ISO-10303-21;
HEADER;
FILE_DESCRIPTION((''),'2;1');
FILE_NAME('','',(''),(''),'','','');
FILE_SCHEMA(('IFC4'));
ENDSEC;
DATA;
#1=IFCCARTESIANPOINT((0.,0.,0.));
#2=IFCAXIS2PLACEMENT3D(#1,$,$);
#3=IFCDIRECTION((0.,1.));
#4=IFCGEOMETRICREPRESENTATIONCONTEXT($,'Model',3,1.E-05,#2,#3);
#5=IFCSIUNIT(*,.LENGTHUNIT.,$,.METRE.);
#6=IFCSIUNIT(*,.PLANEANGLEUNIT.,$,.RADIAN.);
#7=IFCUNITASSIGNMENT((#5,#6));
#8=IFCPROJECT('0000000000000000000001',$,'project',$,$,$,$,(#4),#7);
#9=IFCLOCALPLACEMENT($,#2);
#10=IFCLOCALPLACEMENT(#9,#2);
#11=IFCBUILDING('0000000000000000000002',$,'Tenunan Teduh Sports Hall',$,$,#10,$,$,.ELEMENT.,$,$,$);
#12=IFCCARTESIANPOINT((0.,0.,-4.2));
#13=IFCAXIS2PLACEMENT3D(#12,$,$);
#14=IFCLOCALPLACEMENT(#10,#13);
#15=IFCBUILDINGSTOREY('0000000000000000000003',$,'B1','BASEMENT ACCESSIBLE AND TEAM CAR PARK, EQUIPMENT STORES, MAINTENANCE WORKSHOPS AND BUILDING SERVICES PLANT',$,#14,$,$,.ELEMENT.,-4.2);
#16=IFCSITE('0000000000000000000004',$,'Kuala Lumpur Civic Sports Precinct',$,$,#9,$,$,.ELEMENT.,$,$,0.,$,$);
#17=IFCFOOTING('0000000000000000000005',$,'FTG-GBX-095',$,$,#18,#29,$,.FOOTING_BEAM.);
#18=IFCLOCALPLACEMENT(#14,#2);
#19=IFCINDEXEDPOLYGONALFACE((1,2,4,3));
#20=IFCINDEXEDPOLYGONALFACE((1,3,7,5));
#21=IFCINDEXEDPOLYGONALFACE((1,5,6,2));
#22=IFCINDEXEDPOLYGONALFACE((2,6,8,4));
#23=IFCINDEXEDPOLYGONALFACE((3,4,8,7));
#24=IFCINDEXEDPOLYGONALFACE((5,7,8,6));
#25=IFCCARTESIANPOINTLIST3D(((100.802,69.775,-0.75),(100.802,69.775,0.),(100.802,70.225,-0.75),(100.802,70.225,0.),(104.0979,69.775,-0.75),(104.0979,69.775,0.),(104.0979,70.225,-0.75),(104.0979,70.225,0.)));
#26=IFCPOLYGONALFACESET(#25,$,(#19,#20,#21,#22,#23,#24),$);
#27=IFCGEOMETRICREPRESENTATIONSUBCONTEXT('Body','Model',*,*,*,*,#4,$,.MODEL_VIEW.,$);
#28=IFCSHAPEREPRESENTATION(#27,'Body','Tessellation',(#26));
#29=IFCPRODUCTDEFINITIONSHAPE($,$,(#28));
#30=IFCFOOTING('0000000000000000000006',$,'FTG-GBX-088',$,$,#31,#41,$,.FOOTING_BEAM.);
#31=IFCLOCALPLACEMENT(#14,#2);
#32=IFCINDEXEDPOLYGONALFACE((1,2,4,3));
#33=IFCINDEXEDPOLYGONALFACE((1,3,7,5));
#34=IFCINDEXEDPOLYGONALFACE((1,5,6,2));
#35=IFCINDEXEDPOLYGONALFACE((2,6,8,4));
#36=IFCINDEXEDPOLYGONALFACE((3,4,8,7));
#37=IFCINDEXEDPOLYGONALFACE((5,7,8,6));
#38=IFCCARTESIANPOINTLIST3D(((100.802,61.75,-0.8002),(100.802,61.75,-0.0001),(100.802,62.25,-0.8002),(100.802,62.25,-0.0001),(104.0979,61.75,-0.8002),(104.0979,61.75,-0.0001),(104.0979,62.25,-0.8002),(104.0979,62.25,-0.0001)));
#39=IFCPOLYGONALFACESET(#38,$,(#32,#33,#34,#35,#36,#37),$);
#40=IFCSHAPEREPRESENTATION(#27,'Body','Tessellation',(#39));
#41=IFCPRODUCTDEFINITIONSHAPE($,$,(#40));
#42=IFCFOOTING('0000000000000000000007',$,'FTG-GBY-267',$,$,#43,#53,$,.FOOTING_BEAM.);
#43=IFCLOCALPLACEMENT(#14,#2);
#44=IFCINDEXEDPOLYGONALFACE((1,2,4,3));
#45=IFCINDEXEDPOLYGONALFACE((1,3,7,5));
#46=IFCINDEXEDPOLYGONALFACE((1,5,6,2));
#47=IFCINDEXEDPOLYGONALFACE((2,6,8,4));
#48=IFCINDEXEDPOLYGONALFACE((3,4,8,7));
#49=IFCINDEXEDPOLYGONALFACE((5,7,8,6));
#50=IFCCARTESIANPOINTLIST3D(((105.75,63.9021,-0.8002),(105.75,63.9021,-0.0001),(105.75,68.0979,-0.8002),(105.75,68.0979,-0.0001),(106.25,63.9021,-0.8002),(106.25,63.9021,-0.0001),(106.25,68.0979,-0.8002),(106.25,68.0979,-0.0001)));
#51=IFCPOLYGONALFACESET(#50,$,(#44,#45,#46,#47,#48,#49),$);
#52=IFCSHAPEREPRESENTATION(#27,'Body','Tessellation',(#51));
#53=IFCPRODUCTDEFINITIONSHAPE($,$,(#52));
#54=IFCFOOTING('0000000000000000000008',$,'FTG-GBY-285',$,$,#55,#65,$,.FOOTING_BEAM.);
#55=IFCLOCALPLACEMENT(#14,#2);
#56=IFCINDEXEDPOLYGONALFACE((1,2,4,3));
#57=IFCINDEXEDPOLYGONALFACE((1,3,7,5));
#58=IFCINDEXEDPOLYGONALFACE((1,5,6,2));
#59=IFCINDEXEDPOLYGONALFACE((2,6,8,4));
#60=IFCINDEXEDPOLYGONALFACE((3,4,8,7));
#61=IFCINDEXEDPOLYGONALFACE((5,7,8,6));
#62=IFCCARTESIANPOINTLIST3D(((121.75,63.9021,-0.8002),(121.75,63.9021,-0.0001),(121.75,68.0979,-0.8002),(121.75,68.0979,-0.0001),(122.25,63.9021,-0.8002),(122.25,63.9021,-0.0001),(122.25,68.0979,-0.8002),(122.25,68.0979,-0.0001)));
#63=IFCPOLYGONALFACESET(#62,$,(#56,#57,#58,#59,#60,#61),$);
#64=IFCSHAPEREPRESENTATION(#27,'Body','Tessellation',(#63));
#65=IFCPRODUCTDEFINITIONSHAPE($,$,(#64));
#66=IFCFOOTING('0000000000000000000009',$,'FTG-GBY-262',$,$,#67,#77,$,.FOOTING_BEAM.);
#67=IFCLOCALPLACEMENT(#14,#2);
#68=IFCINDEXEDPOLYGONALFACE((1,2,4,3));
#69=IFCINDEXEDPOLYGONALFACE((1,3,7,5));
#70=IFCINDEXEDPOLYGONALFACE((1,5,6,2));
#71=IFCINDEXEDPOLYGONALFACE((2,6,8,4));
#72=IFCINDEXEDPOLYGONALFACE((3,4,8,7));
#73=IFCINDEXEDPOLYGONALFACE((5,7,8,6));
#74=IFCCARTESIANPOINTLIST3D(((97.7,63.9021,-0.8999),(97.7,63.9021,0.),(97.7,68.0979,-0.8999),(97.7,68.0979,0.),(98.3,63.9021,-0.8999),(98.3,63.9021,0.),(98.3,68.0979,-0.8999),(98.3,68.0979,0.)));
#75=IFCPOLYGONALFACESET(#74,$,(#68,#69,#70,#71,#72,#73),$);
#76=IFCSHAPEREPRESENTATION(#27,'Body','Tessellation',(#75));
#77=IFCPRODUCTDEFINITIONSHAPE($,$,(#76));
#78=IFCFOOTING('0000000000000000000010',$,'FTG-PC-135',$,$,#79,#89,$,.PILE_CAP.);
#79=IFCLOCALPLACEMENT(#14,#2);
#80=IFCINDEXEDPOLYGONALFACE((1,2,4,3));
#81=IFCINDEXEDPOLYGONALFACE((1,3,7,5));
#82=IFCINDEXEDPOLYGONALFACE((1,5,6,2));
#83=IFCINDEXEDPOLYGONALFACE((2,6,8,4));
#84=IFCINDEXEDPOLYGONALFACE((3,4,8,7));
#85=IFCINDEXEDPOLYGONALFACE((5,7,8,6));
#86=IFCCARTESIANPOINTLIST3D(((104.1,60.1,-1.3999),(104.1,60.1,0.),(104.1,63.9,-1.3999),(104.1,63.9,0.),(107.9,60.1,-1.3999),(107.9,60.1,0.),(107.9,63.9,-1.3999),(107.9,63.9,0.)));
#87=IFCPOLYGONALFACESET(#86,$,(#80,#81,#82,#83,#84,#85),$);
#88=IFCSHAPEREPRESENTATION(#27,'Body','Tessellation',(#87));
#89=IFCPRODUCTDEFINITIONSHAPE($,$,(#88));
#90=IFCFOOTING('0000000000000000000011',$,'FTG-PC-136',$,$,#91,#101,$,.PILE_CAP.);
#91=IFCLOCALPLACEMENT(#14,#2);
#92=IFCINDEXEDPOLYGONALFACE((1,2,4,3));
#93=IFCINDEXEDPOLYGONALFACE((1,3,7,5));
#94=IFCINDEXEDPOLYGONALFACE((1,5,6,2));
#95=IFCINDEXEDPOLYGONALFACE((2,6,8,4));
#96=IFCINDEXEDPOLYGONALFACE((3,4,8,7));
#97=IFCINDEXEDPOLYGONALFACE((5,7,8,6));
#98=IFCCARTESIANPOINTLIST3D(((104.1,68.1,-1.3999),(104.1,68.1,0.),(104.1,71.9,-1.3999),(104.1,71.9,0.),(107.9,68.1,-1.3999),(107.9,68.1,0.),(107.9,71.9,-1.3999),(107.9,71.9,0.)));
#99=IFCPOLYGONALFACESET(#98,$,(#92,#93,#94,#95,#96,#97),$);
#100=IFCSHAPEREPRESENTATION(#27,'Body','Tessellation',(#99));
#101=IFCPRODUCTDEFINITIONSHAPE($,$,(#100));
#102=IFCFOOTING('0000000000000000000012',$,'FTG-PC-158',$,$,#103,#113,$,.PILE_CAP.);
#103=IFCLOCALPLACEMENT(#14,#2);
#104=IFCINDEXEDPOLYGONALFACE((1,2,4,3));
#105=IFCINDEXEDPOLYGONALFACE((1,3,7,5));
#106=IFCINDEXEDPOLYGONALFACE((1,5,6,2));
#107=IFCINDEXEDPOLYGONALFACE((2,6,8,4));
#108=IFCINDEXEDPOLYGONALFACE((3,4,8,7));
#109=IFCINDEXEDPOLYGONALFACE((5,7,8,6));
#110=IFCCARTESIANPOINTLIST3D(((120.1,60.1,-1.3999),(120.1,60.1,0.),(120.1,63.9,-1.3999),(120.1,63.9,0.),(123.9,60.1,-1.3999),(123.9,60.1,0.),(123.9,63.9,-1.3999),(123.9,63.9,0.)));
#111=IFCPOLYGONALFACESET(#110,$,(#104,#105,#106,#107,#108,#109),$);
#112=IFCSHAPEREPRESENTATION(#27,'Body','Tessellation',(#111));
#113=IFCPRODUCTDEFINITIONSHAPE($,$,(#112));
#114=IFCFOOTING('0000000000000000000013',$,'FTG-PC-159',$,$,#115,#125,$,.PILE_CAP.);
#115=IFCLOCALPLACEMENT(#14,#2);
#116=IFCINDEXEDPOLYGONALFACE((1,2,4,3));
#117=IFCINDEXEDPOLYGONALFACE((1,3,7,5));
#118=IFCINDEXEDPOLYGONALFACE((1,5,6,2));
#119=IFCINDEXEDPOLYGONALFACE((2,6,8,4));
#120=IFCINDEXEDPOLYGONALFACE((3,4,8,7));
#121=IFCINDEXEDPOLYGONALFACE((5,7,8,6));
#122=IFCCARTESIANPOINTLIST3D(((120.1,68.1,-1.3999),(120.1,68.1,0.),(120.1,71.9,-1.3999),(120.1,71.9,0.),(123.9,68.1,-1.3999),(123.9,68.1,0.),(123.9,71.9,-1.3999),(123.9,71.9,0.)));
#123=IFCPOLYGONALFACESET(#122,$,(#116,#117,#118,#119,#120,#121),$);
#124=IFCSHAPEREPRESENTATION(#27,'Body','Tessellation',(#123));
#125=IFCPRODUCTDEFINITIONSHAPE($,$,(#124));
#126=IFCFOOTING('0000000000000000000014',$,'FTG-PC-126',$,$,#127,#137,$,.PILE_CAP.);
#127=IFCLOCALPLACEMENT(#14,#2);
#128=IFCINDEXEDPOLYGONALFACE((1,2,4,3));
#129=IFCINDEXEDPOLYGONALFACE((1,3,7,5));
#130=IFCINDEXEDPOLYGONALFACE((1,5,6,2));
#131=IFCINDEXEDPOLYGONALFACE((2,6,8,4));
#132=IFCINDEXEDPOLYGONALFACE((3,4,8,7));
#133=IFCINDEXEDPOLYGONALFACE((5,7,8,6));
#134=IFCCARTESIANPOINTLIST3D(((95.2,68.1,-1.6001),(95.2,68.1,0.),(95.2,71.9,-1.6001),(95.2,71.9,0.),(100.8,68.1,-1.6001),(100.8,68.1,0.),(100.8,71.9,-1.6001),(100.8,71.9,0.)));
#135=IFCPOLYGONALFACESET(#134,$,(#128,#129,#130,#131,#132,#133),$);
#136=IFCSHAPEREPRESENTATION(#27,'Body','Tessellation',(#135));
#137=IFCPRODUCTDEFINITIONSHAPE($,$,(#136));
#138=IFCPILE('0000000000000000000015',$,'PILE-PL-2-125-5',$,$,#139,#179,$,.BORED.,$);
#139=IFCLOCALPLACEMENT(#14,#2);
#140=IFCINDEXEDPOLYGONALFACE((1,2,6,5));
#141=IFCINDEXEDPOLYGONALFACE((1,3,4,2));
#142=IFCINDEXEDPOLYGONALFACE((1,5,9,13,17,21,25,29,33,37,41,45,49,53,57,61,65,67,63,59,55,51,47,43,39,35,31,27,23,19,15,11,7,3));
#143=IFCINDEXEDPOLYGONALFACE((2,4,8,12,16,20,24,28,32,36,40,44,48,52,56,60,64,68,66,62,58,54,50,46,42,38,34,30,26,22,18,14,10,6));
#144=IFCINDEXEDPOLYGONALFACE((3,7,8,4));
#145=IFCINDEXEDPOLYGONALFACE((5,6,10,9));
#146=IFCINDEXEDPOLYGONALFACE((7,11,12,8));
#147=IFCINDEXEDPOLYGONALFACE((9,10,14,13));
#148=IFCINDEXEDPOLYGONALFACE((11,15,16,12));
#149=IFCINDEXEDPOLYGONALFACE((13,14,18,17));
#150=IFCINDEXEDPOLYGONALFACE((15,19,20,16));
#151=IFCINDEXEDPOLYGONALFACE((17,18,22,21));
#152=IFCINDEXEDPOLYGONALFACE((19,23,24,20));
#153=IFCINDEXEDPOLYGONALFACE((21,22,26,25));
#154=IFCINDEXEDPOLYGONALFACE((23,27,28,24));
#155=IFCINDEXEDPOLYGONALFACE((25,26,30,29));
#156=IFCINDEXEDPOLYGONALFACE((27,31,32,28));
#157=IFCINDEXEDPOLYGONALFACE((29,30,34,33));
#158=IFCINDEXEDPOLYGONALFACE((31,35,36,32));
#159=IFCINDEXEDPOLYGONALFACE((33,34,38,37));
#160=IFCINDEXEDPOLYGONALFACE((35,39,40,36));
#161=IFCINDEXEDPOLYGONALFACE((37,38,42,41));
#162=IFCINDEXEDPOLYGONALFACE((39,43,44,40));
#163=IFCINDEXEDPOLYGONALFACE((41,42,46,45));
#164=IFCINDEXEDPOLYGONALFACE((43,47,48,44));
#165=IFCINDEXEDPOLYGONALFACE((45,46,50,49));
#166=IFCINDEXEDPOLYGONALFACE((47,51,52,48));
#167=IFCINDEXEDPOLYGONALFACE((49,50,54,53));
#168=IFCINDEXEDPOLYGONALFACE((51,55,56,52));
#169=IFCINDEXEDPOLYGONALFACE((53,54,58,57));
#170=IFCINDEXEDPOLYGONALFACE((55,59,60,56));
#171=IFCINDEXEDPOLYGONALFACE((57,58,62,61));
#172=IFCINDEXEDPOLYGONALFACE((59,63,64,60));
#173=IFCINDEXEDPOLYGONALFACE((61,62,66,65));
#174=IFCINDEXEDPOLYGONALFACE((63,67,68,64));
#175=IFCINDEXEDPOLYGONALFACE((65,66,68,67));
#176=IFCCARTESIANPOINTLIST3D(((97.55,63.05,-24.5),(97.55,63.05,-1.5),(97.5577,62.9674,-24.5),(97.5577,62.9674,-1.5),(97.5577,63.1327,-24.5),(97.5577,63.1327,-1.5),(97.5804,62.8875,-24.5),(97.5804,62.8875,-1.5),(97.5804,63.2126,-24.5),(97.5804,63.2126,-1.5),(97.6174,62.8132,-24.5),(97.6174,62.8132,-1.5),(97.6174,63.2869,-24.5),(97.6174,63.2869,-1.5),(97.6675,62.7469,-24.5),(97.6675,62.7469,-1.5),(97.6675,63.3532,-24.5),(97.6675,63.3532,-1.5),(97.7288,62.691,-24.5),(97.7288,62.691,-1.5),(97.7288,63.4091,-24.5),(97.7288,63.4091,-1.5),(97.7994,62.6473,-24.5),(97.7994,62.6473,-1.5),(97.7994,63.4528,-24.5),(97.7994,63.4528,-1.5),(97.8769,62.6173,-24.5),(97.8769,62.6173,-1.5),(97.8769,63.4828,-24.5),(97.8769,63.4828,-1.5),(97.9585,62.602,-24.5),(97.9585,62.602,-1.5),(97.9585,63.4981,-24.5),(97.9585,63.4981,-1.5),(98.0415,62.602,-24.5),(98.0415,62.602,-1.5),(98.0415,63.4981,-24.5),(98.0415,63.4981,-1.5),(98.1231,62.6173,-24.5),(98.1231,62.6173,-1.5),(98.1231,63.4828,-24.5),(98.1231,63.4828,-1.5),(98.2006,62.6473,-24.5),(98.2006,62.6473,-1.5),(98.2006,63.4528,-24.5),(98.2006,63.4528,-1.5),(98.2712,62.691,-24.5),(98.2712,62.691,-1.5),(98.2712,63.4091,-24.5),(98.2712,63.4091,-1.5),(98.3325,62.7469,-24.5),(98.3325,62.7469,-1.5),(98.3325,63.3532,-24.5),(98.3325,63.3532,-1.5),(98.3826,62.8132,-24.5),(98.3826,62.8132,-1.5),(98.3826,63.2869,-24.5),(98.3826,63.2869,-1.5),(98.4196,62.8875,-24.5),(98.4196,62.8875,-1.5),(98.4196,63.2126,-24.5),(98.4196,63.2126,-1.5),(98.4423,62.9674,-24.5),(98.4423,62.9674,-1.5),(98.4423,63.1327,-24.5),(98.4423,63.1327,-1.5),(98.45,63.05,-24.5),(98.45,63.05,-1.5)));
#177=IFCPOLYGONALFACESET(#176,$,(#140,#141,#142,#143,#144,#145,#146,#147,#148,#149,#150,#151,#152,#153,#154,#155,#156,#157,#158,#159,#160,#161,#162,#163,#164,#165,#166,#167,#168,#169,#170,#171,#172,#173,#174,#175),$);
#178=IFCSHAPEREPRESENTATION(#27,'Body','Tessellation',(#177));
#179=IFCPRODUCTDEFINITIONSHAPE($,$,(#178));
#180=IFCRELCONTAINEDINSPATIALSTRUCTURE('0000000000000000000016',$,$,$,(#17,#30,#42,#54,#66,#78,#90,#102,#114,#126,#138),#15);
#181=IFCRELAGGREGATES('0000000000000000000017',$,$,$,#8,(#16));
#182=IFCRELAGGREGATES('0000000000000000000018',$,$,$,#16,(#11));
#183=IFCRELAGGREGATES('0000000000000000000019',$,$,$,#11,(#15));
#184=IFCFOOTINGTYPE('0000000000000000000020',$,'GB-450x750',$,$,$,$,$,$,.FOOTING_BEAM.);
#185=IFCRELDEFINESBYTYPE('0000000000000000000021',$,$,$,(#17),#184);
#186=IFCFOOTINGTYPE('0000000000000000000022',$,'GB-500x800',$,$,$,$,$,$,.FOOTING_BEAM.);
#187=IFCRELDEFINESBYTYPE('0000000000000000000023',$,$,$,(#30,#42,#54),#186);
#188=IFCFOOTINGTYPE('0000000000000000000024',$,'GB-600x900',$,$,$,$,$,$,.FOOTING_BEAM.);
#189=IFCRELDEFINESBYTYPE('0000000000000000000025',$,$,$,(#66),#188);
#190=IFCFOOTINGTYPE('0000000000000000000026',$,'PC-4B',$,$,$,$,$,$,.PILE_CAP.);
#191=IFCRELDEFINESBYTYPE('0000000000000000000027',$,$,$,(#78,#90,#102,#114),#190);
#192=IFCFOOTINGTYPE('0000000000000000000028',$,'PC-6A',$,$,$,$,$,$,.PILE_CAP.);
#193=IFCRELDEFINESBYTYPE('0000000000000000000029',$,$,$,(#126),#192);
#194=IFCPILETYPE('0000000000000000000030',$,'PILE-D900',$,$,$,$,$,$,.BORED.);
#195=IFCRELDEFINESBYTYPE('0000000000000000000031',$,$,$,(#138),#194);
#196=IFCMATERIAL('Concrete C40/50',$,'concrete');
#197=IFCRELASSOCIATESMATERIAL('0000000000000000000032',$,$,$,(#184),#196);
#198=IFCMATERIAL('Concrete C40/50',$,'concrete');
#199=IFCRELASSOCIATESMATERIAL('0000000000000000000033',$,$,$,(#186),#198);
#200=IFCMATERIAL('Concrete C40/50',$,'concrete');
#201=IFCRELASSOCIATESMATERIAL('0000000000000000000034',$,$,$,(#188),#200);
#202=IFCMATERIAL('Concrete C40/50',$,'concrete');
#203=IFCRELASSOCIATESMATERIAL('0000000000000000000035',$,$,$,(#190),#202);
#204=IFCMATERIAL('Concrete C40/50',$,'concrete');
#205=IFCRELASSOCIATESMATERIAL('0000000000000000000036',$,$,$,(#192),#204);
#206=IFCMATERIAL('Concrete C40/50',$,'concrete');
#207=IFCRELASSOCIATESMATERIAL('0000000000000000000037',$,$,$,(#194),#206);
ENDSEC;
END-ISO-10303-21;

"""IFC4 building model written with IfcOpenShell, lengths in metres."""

from ifc_helpers import new_model, si_unit, direction, frame, origin, origin_2d, place, context, subcontext, project, spatial, rectangle, circle, extrude, material, material_profile, profile_set, type_object, element, save


model = new_model("IFC4")

# Units and contexts
model_context = context("Model", 3, precision=1e-05, world=origin(), true_north=direction((0.0, 1.0)))
body_context = subcontext(model_context, "Body", "Model", "MODEL_VIEW")
ifc_project = project(units=[si_unit("LENGTHUNIT", "METRE"), si_unit("PLANEANGLEUNIT", "RADIAN")], contexts=[model_context])

# Site, building, storey
site_placement = place(None, origin())
site = spatial("IfcSite", under=ifc_project, at=site_placement, Name="Kuala Lumpur Civic Sports Precinct", CompositionType="ELEMENT", RefElevation=0.0)
building_placement = place(site_placement, origin())
building = spatial("IfcBuilding", under=site, at=building_placement, Name="Tenunan Teduh Sports Hall", CompositionType="ELEMENT")
storey_placement = place(building_placement, frame((0.0, 0.0, -4.2)))
storey = spatial("IfcBuildingStorey", under=building, at=storey_placement, Name="B1", Description="BASEMENT ACCESSIBLE AND TEAM CAR PARK, EQUIPMENT STORES, MAINTENANCE WORKSHOPS AND BUILDING SERVICES PLANT", CompositionType="ELEMENT", Elevation=-4.2)

# Footings
ifc_material_1 = material(Name="Concrete C40/50", Category="concrete")
ifc_material_profile_1 = material_profile(ifc_material_1, rectangle(XDim=0.45, YDim=0.75, at=origin_2d()), Name="RCB 450x750")
ifc_profile_set_1 = profile_set([ifc_material_profile_1], Name="Concrete C40/50")
footing_type_1 = type_object("IfcFootingType", Name="GB-450x750", PredefinedType="FOOTING_BEAM", material=ifc_profile_set_1)
footing_1_placement = place(storey_placement, frame((100.802, 70.0, -0.375), z_axis=(1.0, 0.0, 0.0), x_axis=(0.0, 1.0, 0.0)))
element("IfcFooting", 1, at=footing_1_placement, inside=storey, type_object=footing_type_1, Name="FTG-GBX-095", PredefinedType="FOOTING_BEAM", context=body_context, shape_type="SweptSolid", body=[
    extrude(rectangle(XDim=0.45, YDim=0.75, at=origin_2d()), origin(), (0.0, 0.0, 1.0), 3.2959),
])
ifc_material_2 = material(Name="Concrete C40/50", Category="concrete")
ifc_material_profile_2 = material_profile(ifc_material_2, rectangle(XDim=0.5, YDim=0.8, at=origin_2d()), Name="RCB 500x800")
ifc_profile_set_2 = profile_set([ifc_material_profile_2], Name="Concrete C40/50")
footing_type_2 = type_object("IfcFootingType", Name="GB-500x800", PredefinedType="FOOTING_BEAM", material=ifc_profile_set_2)
footing_2_placement = place(storey_placement, frame((100.802, 62.0, -0.4001), z_axis=(1.0, 0.0, 0.0), x_axis=(0.0, 1.0, 0.0)))
element("IfcFooting", 2, at=footing_2_placement, inside=storey, type_object=footing_type_2, Name="FTG-GBX-088", PredefinedType="FOOTING_BEAM", context=body_context, shape_type="SweptSolid", body=[
    extrude(rectangle(XDim=0.5, YDim=0.8, at=origin_2d()), origin(), (0.0, 0.0, 1.0), 3.2959),
])
for number, where, z_axis, x_axis, name in (
    (3, (106.0, 63.9021, -0.4001), (0.0, 1.0, 0.0), (-1.0, 0.0, 0.0), "FTG-GBY-267"),
    (4, (122.0, 63.9021, -0.4001), (0.0, 1.0, 0.0), (-1.0, 0.0, 0.0), "FTG-GBY-285"),
):
    element("IfcFooting", number, at=place(storey_placement, frame(where, z_axis=z_axis, x_axis=x_axis)), inside=storey, type_object=footing_type_2, Name=name, PredefinedType="FOOTING_BEAM", context=body_context, shape_type="SweptSolid", body=[
        extrude(rectangle(XDim=0.5, YDim=0.8, at=origin_2d()), origin(), (0.0, 0.0, 1.0), 4.1958),
    ])
ifc_material_3 = material(Name="Concrete C40/50", Category="concrete")
ifc_material_profile_3 = material_profile(ifc_material_3, rectangle(XDim=0.6001, YDim=0.8999, at=origin_2d()), Name="RCB 600x900")
ifc_profile_set_3 = profile_set([ifc_material_profile_3], Name="Concrete C40/50")
footing_type_3 = type_object("IfcFootingType", Name="GB-600x900", PredefinedType="FOOTING_BEAM", material=ifc_profile_set_3)
footing_3_placement = place(storey_placement, frame((98.0, 63.9021, -0.45), z_axis=(0.0, 1.0, 0.0), x_axis=(-1.0, 0.0, 0.0)))
element("IfcFooting", 5, at=footing_3_placement, inside=storey, type_object=footing_type_3, Name="FTG-GBY-262", PredefinedType="FOOTING_BEAM", context=body_context, shape_type="SweptSolid", body=[
    extrude(rectangle(XDim=0.6001, YDim=0.8999, at=origin_2d()), origin(), (0.0, 0.0, 1.0), 4.1958),
])
ifc_material_4 = material(Name="Concrete C40/50", Category="concrete")
footing_type_4 = type_object("IfcFootingType", Name="PC-4B", PredefinedType="PILE_CAP", material=ifc_material_4)
for number, where, z_axis, x_axis, name in (
    (6, (106.0, 62.0, -1.3999), (0.0, 0.0, 1.0), (1.0, 0.0, 0.0), "FTG-PC-135"),
    (7, (106.0, 70.0, -1.3999), (0.0, 0.0, 1.0), (1.0, 0.0, 0.0), "FTG-PC-136"),
    (8, (122.0, 62.0, -1.3999), (0.0, 0.0, 1.0), (1.0, 0.0, 0.0), "FTG-PC-158"),
    (9, (122.0, 70.0, -1.3999), (0.0, 0.0, 1.0), (1.0, 0.0, 0.0), "FTG-PC-159"),
):
    element("IfcFooting", number, at=place(storey_placement, frame(where, z_axis=z_axis, x_axis=x_axis)), inside=storey, type_object=footing_type_4, Name=name, PredefinedType="PILE_CAP", context=body_context, shape_type="SweptSolid", body=[
        extrude(rectangle(XDim=3.8, YDim=3.8, at=origin_2d()), origin(), (0.0, 0.0, 1.0), 1.3999),
    ])
ifc_material_5 = material(Name="Concrete C40/50", Category="concrete")
footing_type_5 = type_object("IfcFootingType", Name="PC-6A", PredefinedType="PILE_CAP", material=ifc_material_5)
footing_4_placement = place(storey_placement, frame((98.0, 70.0, -1.6001), z_axis=(0.0, 0.0, 1.0), x_axis=(1.0, 0.0, 0.0)))
element("IfcFooting", 10, at=footing_4_placement, inside=storey, type_object=footing_type_5, Name="FTG-PC-126", PredefinedType="PILE_CAP", context=body_context, shape_type="SweptSolid", body=[
    extrude(rectangle(XDim=5.6001, YDim=3.8, at=origin_2d()), origin(), (0.0, 0.0, 1.0), 1.6001),
])

# Pile
ifc_material_6 = material(Name="Concrete C40/50", Category="concrete")
ifc_material_profile_4 = material_profile(ifc_material_6, circle(Radius=0.45, at=origin_2d()), Name="PILE D900")
ifc_profile_set_4 = profile_set([ifc_material_profile_4], Name="Concrete C40/50")
pile_type = type_object("IfcPileType", Name="PILE-D900", PredefinedType="BORED", material=ifc_profile_set_4)
for number, where, z_axis, x_axis, name in (
    (11, (98.0, 63.05, -1.5), (0.0, 0.0, -1.0), (1.0, 0.0, 0.0), "PILE-PL-2-125-5"),
):
    element("IfcPile", number, at=place(storey_placement, frame(where, z_axis=z_axis, x_axis=x_axis)), inside=storey, type_object=pile_type, Name=name, PredefinedType="BORED", context=body_context, shape_type="SweptSolid", body=[
        extrude(circle(Radius=0.45, at=origin_2d()), origin(), (0.0, 0.0, 1.0), 23.0),
    ])

save(model, "model.ifc")
